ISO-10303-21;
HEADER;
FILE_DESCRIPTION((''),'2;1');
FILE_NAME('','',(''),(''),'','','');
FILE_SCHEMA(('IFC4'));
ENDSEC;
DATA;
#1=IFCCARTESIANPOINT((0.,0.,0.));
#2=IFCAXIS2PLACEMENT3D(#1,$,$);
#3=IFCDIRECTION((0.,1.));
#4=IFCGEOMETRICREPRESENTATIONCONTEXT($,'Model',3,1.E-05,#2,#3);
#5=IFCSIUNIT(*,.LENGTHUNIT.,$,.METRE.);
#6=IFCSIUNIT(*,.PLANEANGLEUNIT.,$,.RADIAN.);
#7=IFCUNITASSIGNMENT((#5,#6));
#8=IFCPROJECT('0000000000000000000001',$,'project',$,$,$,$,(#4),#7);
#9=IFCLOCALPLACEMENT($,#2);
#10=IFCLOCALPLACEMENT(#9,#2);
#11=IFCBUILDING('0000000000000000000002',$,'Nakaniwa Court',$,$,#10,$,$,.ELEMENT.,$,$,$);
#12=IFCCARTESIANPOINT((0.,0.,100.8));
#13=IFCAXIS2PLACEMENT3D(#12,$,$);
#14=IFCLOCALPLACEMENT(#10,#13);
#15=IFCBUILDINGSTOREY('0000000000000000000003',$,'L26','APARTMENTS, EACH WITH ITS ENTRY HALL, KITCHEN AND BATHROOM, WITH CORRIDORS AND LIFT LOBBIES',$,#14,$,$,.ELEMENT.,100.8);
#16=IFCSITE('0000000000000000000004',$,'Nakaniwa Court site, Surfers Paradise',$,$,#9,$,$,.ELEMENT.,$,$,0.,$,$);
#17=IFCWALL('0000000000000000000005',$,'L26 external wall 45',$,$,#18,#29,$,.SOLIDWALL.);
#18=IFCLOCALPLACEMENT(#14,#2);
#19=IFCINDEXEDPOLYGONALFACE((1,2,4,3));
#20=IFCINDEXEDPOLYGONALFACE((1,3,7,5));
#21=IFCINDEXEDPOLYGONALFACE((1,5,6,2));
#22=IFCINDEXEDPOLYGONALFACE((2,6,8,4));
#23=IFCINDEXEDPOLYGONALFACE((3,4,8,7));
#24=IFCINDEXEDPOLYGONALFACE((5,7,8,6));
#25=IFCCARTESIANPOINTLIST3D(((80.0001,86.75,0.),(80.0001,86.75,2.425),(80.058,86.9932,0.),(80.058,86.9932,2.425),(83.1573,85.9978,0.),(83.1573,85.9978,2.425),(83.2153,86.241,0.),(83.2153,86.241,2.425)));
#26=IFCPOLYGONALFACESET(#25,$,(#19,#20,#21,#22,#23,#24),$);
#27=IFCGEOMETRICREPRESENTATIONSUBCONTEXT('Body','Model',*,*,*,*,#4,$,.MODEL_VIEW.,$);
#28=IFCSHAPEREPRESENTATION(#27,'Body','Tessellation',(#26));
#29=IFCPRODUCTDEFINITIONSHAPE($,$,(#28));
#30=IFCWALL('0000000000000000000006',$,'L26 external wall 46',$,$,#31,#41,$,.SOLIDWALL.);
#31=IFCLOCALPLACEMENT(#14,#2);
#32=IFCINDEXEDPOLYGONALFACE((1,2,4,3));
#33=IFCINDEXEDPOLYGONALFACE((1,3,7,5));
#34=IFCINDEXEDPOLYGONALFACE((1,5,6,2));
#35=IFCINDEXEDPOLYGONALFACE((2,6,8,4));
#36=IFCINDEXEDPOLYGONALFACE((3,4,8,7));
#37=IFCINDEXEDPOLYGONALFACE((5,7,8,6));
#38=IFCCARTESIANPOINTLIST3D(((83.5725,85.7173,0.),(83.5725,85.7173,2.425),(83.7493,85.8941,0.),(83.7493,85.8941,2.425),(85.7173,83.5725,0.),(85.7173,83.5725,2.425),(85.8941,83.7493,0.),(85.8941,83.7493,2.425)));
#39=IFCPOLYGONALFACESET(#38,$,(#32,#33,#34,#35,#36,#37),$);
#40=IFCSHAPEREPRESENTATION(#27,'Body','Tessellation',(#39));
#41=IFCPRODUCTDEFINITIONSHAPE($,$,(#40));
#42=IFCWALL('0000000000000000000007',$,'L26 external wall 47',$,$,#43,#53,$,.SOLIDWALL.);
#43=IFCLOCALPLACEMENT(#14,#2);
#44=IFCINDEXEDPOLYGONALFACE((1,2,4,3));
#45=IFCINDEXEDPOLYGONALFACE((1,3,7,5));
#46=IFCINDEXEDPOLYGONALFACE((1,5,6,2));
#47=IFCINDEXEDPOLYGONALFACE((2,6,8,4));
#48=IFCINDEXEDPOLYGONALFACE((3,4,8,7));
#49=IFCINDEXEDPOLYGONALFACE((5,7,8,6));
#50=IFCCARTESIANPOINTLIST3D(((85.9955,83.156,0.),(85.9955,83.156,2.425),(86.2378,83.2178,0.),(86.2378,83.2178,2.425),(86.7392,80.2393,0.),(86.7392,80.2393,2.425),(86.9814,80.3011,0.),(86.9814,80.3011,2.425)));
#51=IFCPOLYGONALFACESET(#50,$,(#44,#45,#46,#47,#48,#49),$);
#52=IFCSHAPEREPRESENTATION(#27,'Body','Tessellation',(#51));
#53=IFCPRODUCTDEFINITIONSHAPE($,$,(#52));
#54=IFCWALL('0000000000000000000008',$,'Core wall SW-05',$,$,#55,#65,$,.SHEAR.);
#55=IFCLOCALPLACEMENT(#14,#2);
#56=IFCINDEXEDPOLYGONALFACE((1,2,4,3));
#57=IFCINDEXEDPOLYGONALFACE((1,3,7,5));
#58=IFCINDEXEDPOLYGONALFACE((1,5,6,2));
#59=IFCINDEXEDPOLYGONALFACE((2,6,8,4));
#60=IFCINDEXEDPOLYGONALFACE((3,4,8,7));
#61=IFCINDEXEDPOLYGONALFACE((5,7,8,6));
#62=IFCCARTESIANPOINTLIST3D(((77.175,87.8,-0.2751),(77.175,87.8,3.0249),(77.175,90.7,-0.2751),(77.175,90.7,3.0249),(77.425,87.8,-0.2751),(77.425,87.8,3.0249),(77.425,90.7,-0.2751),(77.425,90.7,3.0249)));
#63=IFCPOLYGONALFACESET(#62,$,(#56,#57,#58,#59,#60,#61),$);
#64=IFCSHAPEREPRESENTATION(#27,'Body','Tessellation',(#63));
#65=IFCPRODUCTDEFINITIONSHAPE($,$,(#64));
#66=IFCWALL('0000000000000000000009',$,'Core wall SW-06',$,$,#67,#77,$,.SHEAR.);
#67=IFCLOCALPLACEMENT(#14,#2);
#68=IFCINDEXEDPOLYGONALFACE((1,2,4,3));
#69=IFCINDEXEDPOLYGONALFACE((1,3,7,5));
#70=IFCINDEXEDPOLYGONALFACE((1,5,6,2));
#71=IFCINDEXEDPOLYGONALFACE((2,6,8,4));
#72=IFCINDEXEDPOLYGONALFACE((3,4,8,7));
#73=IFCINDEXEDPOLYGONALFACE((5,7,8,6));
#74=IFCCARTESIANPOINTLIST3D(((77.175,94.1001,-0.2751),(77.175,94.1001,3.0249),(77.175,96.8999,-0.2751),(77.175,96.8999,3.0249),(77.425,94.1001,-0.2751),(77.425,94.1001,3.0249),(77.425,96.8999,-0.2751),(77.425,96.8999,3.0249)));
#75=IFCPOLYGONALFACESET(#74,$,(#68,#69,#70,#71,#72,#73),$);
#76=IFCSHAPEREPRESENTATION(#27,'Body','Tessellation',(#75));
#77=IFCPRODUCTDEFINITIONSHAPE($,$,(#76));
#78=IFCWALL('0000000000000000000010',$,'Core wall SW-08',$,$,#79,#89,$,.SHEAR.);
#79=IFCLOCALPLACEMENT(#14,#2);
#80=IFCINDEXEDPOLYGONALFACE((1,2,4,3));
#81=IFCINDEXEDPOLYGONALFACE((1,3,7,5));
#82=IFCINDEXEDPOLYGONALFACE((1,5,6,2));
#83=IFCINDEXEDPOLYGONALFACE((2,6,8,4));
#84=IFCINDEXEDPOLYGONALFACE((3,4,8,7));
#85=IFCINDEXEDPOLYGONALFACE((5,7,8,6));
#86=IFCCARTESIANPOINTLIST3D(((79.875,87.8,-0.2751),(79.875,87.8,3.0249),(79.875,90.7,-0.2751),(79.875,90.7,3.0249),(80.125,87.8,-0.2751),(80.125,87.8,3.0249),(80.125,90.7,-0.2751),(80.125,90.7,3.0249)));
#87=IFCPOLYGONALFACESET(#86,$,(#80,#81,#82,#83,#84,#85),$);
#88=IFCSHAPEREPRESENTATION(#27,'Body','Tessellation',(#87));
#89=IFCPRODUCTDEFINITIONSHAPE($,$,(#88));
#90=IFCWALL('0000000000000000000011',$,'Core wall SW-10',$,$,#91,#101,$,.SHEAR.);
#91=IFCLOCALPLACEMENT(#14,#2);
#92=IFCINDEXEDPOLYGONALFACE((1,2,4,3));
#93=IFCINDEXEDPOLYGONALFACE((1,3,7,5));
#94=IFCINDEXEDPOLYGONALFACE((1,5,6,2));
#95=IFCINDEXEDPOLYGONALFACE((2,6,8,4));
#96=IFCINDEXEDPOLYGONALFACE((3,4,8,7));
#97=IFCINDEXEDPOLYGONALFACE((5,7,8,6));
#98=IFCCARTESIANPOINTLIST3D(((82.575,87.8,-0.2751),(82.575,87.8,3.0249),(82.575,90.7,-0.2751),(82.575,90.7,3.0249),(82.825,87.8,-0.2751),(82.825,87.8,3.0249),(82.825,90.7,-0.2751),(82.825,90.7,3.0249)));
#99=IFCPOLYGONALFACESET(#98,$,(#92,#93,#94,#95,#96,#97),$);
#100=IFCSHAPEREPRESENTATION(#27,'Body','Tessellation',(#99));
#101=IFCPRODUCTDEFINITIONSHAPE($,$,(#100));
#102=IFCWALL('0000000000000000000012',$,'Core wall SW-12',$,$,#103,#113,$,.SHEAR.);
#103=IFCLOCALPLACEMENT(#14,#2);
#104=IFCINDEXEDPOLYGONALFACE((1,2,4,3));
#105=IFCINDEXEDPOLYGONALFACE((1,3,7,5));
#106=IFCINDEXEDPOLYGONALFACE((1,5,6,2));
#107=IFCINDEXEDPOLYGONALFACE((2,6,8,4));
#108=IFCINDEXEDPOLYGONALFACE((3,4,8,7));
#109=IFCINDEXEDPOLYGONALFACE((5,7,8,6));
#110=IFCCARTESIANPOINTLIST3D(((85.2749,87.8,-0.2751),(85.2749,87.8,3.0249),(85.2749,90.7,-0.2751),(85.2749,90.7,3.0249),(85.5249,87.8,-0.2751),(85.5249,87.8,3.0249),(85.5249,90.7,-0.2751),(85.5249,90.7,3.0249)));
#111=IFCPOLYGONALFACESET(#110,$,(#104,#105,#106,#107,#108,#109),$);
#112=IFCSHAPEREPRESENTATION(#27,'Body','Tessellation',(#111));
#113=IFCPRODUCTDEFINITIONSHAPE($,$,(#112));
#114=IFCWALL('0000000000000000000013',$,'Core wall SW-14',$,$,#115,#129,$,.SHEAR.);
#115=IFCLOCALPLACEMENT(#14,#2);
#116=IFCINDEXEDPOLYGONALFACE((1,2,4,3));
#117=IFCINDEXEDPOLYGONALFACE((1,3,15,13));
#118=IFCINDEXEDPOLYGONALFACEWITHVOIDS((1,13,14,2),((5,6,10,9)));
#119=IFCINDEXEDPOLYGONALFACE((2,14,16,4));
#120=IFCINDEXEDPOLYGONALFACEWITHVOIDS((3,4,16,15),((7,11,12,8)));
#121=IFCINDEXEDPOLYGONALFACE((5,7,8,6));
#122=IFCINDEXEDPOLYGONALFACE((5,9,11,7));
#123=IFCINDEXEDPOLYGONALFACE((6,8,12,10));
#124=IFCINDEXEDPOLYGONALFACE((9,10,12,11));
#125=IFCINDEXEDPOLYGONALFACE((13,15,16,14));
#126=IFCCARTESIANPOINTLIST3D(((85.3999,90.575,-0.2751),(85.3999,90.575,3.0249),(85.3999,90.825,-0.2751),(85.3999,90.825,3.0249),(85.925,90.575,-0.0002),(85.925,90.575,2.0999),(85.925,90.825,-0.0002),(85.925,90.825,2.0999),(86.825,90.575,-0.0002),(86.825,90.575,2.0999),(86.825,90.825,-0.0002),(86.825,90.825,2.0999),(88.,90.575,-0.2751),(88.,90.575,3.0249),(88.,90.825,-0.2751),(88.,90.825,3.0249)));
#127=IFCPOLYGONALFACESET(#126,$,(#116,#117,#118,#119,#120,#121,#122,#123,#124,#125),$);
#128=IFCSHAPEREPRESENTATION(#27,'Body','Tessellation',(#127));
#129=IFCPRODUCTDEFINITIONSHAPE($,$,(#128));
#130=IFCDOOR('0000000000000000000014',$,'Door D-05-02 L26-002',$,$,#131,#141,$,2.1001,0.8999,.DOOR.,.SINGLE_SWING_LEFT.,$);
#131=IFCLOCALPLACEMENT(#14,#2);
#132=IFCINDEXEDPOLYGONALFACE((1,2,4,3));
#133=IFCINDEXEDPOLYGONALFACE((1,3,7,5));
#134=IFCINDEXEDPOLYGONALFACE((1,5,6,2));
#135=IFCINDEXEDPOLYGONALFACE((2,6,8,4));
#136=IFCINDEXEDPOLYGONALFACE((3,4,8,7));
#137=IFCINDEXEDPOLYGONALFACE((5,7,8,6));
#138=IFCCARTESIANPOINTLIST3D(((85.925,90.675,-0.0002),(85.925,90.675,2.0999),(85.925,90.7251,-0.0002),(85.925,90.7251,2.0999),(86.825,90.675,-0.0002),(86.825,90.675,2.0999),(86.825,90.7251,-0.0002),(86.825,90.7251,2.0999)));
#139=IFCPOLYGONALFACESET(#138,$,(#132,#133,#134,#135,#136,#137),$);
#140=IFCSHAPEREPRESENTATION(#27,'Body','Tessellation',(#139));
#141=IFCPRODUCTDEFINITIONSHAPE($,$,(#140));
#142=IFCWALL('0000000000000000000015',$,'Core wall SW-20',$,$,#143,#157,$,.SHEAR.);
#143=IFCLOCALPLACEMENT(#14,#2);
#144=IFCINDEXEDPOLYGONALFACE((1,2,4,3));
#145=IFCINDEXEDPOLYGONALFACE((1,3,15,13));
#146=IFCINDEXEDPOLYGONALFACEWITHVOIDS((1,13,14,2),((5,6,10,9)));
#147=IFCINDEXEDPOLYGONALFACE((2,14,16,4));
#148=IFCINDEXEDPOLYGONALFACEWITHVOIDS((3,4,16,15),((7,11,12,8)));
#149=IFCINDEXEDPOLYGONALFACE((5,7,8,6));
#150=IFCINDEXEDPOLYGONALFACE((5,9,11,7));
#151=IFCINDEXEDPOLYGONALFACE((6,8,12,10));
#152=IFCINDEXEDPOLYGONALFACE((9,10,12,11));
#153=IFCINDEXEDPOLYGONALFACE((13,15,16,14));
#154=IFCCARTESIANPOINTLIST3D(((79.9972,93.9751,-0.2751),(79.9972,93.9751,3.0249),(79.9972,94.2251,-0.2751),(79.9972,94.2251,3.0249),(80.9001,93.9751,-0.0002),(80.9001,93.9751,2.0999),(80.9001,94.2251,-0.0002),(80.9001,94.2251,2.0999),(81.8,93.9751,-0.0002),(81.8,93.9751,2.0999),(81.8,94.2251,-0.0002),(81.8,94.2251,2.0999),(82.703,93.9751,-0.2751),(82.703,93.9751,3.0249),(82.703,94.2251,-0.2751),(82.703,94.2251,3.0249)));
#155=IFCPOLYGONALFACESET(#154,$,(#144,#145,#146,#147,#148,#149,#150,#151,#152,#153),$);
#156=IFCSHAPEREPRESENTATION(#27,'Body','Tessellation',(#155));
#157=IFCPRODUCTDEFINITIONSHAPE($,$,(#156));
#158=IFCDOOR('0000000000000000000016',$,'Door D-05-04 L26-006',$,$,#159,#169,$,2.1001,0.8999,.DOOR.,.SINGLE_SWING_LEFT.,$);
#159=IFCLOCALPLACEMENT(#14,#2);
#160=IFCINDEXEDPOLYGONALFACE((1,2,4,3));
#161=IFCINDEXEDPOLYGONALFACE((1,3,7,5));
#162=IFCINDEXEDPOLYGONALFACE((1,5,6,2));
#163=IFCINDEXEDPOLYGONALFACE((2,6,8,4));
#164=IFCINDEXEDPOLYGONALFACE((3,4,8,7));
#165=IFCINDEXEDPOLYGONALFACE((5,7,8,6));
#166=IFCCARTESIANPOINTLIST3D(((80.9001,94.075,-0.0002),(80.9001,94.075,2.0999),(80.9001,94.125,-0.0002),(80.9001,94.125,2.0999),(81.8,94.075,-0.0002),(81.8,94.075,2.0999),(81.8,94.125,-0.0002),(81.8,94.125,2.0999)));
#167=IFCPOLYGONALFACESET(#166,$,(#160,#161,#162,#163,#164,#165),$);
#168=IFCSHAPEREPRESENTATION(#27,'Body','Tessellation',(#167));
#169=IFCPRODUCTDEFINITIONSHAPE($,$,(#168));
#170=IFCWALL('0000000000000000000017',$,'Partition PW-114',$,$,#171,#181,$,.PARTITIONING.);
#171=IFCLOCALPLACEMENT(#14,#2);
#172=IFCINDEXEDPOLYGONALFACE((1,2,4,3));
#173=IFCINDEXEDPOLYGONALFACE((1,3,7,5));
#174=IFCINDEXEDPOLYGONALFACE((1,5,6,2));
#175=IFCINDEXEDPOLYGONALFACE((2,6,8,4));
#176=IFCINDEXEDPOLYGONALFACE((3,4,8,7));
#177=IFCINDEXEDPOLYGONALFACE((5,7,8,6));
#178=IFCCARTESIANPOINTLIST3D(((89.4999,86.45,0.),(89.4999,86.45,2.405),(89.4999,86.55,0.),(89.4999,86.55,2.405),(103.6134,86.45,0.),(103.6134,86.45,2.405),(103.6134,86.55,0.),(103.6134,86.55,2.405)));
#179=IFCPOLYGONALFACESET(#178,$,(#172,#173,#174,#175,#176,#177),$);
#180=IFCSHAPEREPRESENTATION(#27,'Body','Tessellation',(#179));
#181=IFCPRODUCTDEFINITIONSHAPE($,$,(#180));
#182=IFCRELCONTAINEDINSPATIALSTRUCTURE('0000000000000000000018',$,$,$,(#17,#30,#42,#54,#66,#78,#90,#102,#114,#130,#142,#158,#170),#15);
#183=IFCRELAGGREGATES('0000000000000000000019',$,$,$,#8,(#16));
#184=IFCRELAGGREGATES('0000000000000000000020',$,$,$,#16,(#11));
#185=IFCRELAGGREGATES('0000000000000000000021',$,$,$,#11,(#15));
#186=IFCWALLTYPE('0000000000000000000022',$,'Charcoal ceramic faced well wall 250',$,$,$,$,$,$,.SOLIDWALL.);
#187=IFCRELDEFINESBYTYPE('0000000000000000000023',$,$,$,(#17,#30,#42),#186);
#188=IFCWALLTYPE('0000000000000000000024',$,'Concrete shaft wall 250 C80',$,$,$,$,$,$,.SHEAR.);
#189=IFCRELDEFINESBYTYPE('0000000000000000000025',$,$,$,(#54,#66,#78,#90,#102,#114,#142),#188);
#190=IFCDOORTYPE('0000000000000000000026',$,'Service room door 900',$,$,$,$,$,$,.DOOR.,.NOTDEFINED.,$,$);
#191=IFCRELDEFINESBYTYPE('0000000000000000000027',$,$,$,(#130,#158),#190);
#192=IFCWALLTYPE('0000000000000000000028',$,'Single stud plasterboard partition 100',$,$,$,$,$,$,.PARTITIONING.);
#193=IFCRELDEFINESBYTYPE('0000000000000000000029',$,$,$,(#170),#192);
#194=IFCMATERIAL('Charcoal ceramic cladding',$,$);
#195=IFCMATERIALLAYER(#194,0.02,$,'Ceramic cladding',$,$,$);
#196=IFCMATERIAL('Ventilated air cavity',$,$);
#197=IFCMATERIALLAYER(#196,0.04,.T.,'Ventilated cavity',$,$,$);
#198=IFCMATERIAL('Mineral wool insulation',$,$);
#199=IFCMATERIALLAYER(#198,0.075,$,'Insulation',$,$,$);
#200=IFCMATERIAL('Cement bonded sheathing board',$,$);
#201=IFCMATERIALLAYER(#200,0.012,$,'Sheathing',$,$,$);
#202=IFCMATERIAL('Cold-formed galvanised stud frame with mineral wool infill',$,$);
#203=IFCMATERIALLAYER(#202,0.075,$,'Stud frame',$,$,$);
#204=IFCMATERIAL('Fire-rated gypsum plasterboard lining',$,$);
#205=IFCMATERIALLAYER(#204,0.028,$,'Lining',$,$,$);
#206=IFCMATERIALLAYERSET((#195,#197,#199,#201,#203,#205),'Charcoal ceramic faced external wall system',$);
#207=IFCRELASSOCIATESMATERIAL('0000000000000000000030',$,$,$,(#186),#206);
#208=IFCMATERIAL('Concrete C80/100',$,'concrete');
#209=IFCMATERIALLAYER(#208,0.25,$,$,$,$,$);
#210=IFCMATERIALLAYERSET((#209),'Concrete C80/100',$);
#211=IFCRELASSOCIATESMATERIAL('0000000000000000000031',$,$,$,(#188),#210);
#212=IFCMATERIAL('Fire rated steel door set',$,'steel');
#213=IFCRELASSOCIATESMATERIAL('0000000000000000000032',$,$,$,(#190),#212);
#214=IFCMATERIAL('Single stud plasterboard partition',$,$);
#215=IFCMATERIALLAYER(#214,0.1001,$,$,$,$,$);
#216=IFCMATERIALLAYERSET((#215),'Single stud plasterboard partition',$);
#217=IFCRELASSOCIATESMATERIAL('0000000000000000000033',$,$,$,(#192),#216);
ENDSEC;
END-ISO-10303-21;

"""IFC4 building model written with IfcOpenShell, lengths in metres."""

from ifc_helpers import new_model, si_unit, direction, frame, frame_2d, origin, place, context, subcontext, project, spatial, rectangle, extrude, material, layer, layer_set, type_object, element, fill, save


model = new_model("IFC4")

# Units and contexts
model_context = context("Model", 3, precision=1e-05, world=origin(), true_north=direction((0.0, 1.0)))
body_context = subcontext(model_context, "Body", "Model", "MODEL_VIEW")
ifc_project = project(units=[si_unit("LENGTHUNIT", "METRE"), si_unit("PLANEANGLEUNIT", "RADIAN")], contexts=[model_context])

# Site, building, storey
site_placement = place(None, origin())
site = spatial("IfcSite", under=ifc_project, at=site_placement, Name="Nakaniwa Court site, Surfers Paradise", CompositionType="ELEMENT", RefElevation=0.0)
building_placement = place(site_placement, origin())
building = spatial("IfcBuilding", under=site, at=building_placement, Name="Nakaniwa Court", CompositionType="ELEMENT")
storey_placement = place(building_placement, frame((0.0, 0.0, 100.8)))
storey = spatial("IfcBuildingStorey", under=building, at=storey_placement, Name="L26", Description="APARTMENTS, EACH WITH ITS ENTRY HALL, KITCHEN AND BATHROOM, WITH CORRIDORS AND LIFT LOBBIES", CompositionType="ELEMENT", Elevation=100.8)

# Shared definitions
ifc_material_1 = material(Name="Concrete C80/100", Category="concrete")

# Walls
ifc_material_2 = material(Name="Charcoal ceramic cladding")
ifc_layer_1 = layer(ifc_material_2, 0.02, Name="Ceramic cladding")
ifc_material_3 = material(Name="Ventilated air cavity")
ifc_layer_2 = layer(ifc_material_3, 0.04, ventilated=True, Name="Ventilated cavity")
ifc_material_4 = material(Name="Mineral wool insulation")
ifc_layer_3 = layer(ifc_material_4, 0.075, Name="Insulation")
ifc_material_5 = material(Name="Cement bonded sheathing board")
ifc_layer_4 = layer(ifc_material_5, 0.012, Name="Sheathing")
ifc_material_6 = material(Name="Cold-formed galvanised stud frame with mineral wool infill")
ifc_layer_5 = layer(ifc_material_6, 0.075, Name="Stud frame")
ifc_material_7 = material(Name="Fire-rated gypsum plasterboard lining")
ifc_layer_6 = layer(ifc_material_7, 0.028, Name="Lining")
ifc_layer_set_1 = layer_set([ifc_layer_1, ifc_layer_2, ifc_layer_3, ifc_layer_4, ifc_layer_5, ifc_layer_6], Name="Charcoal ceramic faced external wall system")
wall_type_1 = type_object("IfcWallType", Name="Charcoal ceramic faced well wall 250", PredefinedType="SOLIDWALL", material=ifc_layer_set_1)
wall_1_placement = place(storey_placement, frame((80.0291, 86.8716, 0.0), z_axis=(0.0, 0.0, 1.0), x_axis=(0.972773, -0.23176, 0.0)))
element("IfcWall", 1, at=wall_1_placement, inside=storey, type_object=wall_type_1, Name="L26 external wall 45", PredefinedType="SOLIDWALL", context=body_context, shape_type="SweptSolid", body=[
    extrude(rectangle(XDim=3.2456, YDim=0.25, at=frame_2d((1.6228, 0.0))), origin(), (0.0, 0.0, 1.0), 2.425),
])
wall_2_placement = place(storey_placement, frame((83.6609, 85.8057, 0.0), z_axis=(0.0, 0.0, 1.0), x_axis=(0.707107, -0.707107, 0.0)))
element("IfcWall", 2, at=wall_2_placement, inside=storey, type_object=wall_type_1, Name="L26 external wall 46", PredefinedType="SOLIDWALL", context=body_context, shape_type="SweptSolid", body=[
    extrude(rectangle(XDim=3.0332, YDim=0.25, at=frame_2d((1.5166, 0.0))), origin(), (0.0, 0.0, 1.0), 2.425),
])
wall_3_placement = place(storey_placement, frame((86.1167, 83.1868, 0.0), z_axis=(0.0, 0.0, 1.0), x_axis=(0.247056, -0.969001, 0.0)))
element("IfcWall", 3, at=wall_3_placement, inside=storey, type_object=wall_type_1, Name="L26 external wall 47", PredefinedType="SOLIDWALL", context=body_context, shape_type="SweptSolid", body=[
    extrude(rectangle(XDim=3.01, YDim=0.25, at=frame_2d((1.5049, 0.0))), origin(), (0.0, 0.0, 1.0), 2.425),
])
ifc_layer_7 = layer(ifc_material_1, 0.25)
ifc_layer_set_2 = layer_set([ifc_layer_7], Name="Concrete C80/100")
wall_type_2 = type_object("IfcWallType", Name="Concrete shaft wall 250 C80", PredefinedType="SHEAR", material=ifc_layer_set_2)
wall_4_placement = place(storey_placement, frame((77.3, 87.8, -0.2751), z_axis=(0.0, 0.0, 1.0), x_axis=(0.0, 1.0, 0.0)))
element("IfcWall", 4, at=wall_4_placement, inside=storey, type_object=wall_type_2, Name="Core wall SW-05", PredefinedType="SHEAR", context=body_context, shape_type="SweptSolid", body=[
    extrude(rectangle(XDim=2.8999, YDim=0.25, at=frame_2d((1.45, 0.0))), origin(), (0.0, 0.0, 1.0), 3.3),
])
wall_5_placement = place(storey_placement, frame((77.3, 94.1001, -0.2751), z_axis=(0.0, 0.0, 1.0), x_axis=(0.0, 1.0, 0.0)))
element("IfcWall", 5, at=wall_5_placement, inside=storey, type_object=wall_type_2, Name="Core wall SW-06", PredefinedType="SHEAR", context=body_context, shape_type="SweptSolid", body=[
    extrude(rectangle(XDim=2.7998, YDim=0.25, at=frame_2d((1.3999, 0.0))), origin(), (0.0, 0.0, 1.0), 3.3),
])
for number, where, z_axis, x_axis, name in (
    (6, (80.0, 87.8, -0.2751), (0.0, 0.0, 1.0), (0.0, 1.0, 0.0), "Core wall SW-08"),
    (7, (82.7, 87.8, -0.2751), (0.0, 0.0, 1.0), (0.0, 1.0, 0.0), "Core wall SW-10"),
    (8, (85.3999, 87.8, -0.2751), (0.0, 0.0, 1.0), (0.0, 1.0, 0.0), "Core wall SW-12"),
):
    element("IfcWall", number, at=place(storey_placement, frame(where, z_axis=z_axis, x_axis=x_axis)), inside=storey, type_object=wall_type_2, Name=name, PredefinedType="SHEAR", context=body_context, shape_type="SweptSolid", body=[
        extrude(rectangle(XDim=2.8999, YDim=0.25, at=frame_2d((1.45, 0.0))), origin(), (0.0, 0.0, 1.0), 3.3),
    ])

# Walls, openings, doors
wall_6_placement = place(storey_placement, frame((88.0, 90.7, -0.2751), z_axis=(0.0, 0.0, 1.0), x_axis=(-1.0, 0.0, 0.0)))
wall_6 = element("IfcWall", 9, at=wall_6_placement, inside=storey, type_object=wall_type_2, Name="Core wall SW-14", PredefinedType="SHEAR", context=body_context, shape_type="SweptSolid", body=[
    extrude(rectangle(XDim=2.6001, YDim=0.25, at=frame_2d((1.3, 0.0))), origin(), (0.0, 0.0, 1.0), 3.3),
])
opening_1_placement = place(wall_6_placement, frame((1.175, 0.0, 0.2749)))
opening_1 = element("IfcOpeningElement", 10, at=opening_1_placement, cuts=wall_6, PredefinedType="OPENING", context=body_context, shape_type="SweptSolid", body=[
    extrude(rectangle(XDim=0.8999, YDim=2.1001, at=frame_2d((0.45, 1.05))), frame((0.0, 0.135, 0.0), z_axis=(0.0, -1.0, 0.0), x_axis=(1.0, 0.0, 0.0)), (0.0, 0.0, 1.0), 0.27),
])
ifc_material_8 = material(Name="Fire rated steel door set", Category="steel")
door_type_1 = type_object("IfcDoorType", Name="Service room door 900", OperationType="NOTDEFINED", PredefinedType="DOOR", material=ifc_material_8)
door_1_placement = place(opening_1_placement, origin())
door_1 = element("IfcDoor", 11, at=door_1_placement, inside=storey, type_object=door_type_1, Name="Door D-05-02 L26-002", OperationType="SINGLE_SWING_LEFT", OverallHeight=2.1001, OverallWidth=0.8999, PredefinedType="DOOR", context=body_context, shape_type="SweptSolid", body=[
    extrude(rectangle(XDim=0.8999, YDim=2.1001, at=frame_2d((0.45, 1.05))), frame((0.0, 0.0249, 0.0), z_axis=(0.0, -1.0, 0.0), x_axis=(1.0, 0.0, 0.0)), (0.0, 0.0, 1.0), 0.05),
])
fill(opening_1, door_1)
wall_7_placement = place(storey_placement, frame((79.9971, 94.1001, -0.2751), z_axis=(0.0, 0.0, 1.0), x_axis=(1.0, 0.0, 0.0)))
wall_7 = element("IfcWall", 12, at=wall_7_placement, inside=storey, type_object=wall_type_2, Name="Core wall SW-20", PredefinedType="SHEAR", context=body_context, shape_type="SweptSolid", body=[
    extrude(rectangle(XDim=2.7058, YDim=0.25, at=frame_2d((1.353, 0.0))), origin(), (0.0, 0.0, 1.0), 3.3),
])
opening_2_placement = place(wall_7_placement, frame((0.9031, 0.0, 0.2749)))
opening_2 = element("IfcOpeningElement", 13, at=opening_2_placement, cuts=wall_7, PredefinedType="OPENING", context=body_context, shape_type="SweptSolid", body=[
    extrude(rectangle(XDim=0.8999, YDim=2.1001, at=frame_2d((0.45, 1.05))), frame((0.0, 0.135, 0.0), z_axis=(0.0, -1.0, 0.0), x_axis=(1.0, 0.0, 0.0)), (0.0, 0.0, 1.0), 0.27),
])
door_2_placement = place(opening_2_placement, origin())
door_2 = element("IfcDoor", 14, at=door_2_placement, inside=storey, type_object=door_type_1, Name="Door D-05-04 L26-006", OperationType="SINGLE_SWING_LEFT", OverallHeight=2.1001, OverallWidth=0.8999, PredefinedType="DOOR", context=body_context, shape_type="SweptSolid", body=[
    extrude(rectangle(XDim=0.8999, YDim=2.1001, at=frame_2d((0.45, 1.05))), frame((0.0, 0.0249, 0.0), z_axis=(0.0, -1.0, 0.0), x_axis=(1.0, 0.0, 0.0)), (0.0, 0.0, 1.0), 0.05),
])
fill(opening_2, door_2)

# Wall
ifc_material_9 = material(Name="Single stud plasterboard partition")
ifc_layer_8 = layer(ifc_material_9, 0.1001)
ifc_layer_set_3 = layer_set([ifc_layer_8], Name="Single stud plasterboard partition")
wall_type_3 = type_object("IfcWallType", Name="Single stud plasterboard partition 100", PredefinedType="PARTITIONING", material=ifc_layer_set_3)
wall_8_placement = place(storey_placement, frame((89.5, 86.5, 0.0), z_axis=(0.0, 0.0, 1.0), x_axis=(1.0, 0.0, 0.0)))
element("IfcWall", 15, at=wall_8_placement, inside=storey, type_object=wall_type_3, Name="Partition PW-114", PredefinedType="PARTITIONING", context=body_context, shape_type="SweptSolid", body=[
    extrude(rectangle(XDim=14.1135, YDim=0.1001, at=frame_2d((7.0566, 0.0))), origin(), (0.0, 0.0, 1.0), 2.405),
])

save(model, "model.ifc")
